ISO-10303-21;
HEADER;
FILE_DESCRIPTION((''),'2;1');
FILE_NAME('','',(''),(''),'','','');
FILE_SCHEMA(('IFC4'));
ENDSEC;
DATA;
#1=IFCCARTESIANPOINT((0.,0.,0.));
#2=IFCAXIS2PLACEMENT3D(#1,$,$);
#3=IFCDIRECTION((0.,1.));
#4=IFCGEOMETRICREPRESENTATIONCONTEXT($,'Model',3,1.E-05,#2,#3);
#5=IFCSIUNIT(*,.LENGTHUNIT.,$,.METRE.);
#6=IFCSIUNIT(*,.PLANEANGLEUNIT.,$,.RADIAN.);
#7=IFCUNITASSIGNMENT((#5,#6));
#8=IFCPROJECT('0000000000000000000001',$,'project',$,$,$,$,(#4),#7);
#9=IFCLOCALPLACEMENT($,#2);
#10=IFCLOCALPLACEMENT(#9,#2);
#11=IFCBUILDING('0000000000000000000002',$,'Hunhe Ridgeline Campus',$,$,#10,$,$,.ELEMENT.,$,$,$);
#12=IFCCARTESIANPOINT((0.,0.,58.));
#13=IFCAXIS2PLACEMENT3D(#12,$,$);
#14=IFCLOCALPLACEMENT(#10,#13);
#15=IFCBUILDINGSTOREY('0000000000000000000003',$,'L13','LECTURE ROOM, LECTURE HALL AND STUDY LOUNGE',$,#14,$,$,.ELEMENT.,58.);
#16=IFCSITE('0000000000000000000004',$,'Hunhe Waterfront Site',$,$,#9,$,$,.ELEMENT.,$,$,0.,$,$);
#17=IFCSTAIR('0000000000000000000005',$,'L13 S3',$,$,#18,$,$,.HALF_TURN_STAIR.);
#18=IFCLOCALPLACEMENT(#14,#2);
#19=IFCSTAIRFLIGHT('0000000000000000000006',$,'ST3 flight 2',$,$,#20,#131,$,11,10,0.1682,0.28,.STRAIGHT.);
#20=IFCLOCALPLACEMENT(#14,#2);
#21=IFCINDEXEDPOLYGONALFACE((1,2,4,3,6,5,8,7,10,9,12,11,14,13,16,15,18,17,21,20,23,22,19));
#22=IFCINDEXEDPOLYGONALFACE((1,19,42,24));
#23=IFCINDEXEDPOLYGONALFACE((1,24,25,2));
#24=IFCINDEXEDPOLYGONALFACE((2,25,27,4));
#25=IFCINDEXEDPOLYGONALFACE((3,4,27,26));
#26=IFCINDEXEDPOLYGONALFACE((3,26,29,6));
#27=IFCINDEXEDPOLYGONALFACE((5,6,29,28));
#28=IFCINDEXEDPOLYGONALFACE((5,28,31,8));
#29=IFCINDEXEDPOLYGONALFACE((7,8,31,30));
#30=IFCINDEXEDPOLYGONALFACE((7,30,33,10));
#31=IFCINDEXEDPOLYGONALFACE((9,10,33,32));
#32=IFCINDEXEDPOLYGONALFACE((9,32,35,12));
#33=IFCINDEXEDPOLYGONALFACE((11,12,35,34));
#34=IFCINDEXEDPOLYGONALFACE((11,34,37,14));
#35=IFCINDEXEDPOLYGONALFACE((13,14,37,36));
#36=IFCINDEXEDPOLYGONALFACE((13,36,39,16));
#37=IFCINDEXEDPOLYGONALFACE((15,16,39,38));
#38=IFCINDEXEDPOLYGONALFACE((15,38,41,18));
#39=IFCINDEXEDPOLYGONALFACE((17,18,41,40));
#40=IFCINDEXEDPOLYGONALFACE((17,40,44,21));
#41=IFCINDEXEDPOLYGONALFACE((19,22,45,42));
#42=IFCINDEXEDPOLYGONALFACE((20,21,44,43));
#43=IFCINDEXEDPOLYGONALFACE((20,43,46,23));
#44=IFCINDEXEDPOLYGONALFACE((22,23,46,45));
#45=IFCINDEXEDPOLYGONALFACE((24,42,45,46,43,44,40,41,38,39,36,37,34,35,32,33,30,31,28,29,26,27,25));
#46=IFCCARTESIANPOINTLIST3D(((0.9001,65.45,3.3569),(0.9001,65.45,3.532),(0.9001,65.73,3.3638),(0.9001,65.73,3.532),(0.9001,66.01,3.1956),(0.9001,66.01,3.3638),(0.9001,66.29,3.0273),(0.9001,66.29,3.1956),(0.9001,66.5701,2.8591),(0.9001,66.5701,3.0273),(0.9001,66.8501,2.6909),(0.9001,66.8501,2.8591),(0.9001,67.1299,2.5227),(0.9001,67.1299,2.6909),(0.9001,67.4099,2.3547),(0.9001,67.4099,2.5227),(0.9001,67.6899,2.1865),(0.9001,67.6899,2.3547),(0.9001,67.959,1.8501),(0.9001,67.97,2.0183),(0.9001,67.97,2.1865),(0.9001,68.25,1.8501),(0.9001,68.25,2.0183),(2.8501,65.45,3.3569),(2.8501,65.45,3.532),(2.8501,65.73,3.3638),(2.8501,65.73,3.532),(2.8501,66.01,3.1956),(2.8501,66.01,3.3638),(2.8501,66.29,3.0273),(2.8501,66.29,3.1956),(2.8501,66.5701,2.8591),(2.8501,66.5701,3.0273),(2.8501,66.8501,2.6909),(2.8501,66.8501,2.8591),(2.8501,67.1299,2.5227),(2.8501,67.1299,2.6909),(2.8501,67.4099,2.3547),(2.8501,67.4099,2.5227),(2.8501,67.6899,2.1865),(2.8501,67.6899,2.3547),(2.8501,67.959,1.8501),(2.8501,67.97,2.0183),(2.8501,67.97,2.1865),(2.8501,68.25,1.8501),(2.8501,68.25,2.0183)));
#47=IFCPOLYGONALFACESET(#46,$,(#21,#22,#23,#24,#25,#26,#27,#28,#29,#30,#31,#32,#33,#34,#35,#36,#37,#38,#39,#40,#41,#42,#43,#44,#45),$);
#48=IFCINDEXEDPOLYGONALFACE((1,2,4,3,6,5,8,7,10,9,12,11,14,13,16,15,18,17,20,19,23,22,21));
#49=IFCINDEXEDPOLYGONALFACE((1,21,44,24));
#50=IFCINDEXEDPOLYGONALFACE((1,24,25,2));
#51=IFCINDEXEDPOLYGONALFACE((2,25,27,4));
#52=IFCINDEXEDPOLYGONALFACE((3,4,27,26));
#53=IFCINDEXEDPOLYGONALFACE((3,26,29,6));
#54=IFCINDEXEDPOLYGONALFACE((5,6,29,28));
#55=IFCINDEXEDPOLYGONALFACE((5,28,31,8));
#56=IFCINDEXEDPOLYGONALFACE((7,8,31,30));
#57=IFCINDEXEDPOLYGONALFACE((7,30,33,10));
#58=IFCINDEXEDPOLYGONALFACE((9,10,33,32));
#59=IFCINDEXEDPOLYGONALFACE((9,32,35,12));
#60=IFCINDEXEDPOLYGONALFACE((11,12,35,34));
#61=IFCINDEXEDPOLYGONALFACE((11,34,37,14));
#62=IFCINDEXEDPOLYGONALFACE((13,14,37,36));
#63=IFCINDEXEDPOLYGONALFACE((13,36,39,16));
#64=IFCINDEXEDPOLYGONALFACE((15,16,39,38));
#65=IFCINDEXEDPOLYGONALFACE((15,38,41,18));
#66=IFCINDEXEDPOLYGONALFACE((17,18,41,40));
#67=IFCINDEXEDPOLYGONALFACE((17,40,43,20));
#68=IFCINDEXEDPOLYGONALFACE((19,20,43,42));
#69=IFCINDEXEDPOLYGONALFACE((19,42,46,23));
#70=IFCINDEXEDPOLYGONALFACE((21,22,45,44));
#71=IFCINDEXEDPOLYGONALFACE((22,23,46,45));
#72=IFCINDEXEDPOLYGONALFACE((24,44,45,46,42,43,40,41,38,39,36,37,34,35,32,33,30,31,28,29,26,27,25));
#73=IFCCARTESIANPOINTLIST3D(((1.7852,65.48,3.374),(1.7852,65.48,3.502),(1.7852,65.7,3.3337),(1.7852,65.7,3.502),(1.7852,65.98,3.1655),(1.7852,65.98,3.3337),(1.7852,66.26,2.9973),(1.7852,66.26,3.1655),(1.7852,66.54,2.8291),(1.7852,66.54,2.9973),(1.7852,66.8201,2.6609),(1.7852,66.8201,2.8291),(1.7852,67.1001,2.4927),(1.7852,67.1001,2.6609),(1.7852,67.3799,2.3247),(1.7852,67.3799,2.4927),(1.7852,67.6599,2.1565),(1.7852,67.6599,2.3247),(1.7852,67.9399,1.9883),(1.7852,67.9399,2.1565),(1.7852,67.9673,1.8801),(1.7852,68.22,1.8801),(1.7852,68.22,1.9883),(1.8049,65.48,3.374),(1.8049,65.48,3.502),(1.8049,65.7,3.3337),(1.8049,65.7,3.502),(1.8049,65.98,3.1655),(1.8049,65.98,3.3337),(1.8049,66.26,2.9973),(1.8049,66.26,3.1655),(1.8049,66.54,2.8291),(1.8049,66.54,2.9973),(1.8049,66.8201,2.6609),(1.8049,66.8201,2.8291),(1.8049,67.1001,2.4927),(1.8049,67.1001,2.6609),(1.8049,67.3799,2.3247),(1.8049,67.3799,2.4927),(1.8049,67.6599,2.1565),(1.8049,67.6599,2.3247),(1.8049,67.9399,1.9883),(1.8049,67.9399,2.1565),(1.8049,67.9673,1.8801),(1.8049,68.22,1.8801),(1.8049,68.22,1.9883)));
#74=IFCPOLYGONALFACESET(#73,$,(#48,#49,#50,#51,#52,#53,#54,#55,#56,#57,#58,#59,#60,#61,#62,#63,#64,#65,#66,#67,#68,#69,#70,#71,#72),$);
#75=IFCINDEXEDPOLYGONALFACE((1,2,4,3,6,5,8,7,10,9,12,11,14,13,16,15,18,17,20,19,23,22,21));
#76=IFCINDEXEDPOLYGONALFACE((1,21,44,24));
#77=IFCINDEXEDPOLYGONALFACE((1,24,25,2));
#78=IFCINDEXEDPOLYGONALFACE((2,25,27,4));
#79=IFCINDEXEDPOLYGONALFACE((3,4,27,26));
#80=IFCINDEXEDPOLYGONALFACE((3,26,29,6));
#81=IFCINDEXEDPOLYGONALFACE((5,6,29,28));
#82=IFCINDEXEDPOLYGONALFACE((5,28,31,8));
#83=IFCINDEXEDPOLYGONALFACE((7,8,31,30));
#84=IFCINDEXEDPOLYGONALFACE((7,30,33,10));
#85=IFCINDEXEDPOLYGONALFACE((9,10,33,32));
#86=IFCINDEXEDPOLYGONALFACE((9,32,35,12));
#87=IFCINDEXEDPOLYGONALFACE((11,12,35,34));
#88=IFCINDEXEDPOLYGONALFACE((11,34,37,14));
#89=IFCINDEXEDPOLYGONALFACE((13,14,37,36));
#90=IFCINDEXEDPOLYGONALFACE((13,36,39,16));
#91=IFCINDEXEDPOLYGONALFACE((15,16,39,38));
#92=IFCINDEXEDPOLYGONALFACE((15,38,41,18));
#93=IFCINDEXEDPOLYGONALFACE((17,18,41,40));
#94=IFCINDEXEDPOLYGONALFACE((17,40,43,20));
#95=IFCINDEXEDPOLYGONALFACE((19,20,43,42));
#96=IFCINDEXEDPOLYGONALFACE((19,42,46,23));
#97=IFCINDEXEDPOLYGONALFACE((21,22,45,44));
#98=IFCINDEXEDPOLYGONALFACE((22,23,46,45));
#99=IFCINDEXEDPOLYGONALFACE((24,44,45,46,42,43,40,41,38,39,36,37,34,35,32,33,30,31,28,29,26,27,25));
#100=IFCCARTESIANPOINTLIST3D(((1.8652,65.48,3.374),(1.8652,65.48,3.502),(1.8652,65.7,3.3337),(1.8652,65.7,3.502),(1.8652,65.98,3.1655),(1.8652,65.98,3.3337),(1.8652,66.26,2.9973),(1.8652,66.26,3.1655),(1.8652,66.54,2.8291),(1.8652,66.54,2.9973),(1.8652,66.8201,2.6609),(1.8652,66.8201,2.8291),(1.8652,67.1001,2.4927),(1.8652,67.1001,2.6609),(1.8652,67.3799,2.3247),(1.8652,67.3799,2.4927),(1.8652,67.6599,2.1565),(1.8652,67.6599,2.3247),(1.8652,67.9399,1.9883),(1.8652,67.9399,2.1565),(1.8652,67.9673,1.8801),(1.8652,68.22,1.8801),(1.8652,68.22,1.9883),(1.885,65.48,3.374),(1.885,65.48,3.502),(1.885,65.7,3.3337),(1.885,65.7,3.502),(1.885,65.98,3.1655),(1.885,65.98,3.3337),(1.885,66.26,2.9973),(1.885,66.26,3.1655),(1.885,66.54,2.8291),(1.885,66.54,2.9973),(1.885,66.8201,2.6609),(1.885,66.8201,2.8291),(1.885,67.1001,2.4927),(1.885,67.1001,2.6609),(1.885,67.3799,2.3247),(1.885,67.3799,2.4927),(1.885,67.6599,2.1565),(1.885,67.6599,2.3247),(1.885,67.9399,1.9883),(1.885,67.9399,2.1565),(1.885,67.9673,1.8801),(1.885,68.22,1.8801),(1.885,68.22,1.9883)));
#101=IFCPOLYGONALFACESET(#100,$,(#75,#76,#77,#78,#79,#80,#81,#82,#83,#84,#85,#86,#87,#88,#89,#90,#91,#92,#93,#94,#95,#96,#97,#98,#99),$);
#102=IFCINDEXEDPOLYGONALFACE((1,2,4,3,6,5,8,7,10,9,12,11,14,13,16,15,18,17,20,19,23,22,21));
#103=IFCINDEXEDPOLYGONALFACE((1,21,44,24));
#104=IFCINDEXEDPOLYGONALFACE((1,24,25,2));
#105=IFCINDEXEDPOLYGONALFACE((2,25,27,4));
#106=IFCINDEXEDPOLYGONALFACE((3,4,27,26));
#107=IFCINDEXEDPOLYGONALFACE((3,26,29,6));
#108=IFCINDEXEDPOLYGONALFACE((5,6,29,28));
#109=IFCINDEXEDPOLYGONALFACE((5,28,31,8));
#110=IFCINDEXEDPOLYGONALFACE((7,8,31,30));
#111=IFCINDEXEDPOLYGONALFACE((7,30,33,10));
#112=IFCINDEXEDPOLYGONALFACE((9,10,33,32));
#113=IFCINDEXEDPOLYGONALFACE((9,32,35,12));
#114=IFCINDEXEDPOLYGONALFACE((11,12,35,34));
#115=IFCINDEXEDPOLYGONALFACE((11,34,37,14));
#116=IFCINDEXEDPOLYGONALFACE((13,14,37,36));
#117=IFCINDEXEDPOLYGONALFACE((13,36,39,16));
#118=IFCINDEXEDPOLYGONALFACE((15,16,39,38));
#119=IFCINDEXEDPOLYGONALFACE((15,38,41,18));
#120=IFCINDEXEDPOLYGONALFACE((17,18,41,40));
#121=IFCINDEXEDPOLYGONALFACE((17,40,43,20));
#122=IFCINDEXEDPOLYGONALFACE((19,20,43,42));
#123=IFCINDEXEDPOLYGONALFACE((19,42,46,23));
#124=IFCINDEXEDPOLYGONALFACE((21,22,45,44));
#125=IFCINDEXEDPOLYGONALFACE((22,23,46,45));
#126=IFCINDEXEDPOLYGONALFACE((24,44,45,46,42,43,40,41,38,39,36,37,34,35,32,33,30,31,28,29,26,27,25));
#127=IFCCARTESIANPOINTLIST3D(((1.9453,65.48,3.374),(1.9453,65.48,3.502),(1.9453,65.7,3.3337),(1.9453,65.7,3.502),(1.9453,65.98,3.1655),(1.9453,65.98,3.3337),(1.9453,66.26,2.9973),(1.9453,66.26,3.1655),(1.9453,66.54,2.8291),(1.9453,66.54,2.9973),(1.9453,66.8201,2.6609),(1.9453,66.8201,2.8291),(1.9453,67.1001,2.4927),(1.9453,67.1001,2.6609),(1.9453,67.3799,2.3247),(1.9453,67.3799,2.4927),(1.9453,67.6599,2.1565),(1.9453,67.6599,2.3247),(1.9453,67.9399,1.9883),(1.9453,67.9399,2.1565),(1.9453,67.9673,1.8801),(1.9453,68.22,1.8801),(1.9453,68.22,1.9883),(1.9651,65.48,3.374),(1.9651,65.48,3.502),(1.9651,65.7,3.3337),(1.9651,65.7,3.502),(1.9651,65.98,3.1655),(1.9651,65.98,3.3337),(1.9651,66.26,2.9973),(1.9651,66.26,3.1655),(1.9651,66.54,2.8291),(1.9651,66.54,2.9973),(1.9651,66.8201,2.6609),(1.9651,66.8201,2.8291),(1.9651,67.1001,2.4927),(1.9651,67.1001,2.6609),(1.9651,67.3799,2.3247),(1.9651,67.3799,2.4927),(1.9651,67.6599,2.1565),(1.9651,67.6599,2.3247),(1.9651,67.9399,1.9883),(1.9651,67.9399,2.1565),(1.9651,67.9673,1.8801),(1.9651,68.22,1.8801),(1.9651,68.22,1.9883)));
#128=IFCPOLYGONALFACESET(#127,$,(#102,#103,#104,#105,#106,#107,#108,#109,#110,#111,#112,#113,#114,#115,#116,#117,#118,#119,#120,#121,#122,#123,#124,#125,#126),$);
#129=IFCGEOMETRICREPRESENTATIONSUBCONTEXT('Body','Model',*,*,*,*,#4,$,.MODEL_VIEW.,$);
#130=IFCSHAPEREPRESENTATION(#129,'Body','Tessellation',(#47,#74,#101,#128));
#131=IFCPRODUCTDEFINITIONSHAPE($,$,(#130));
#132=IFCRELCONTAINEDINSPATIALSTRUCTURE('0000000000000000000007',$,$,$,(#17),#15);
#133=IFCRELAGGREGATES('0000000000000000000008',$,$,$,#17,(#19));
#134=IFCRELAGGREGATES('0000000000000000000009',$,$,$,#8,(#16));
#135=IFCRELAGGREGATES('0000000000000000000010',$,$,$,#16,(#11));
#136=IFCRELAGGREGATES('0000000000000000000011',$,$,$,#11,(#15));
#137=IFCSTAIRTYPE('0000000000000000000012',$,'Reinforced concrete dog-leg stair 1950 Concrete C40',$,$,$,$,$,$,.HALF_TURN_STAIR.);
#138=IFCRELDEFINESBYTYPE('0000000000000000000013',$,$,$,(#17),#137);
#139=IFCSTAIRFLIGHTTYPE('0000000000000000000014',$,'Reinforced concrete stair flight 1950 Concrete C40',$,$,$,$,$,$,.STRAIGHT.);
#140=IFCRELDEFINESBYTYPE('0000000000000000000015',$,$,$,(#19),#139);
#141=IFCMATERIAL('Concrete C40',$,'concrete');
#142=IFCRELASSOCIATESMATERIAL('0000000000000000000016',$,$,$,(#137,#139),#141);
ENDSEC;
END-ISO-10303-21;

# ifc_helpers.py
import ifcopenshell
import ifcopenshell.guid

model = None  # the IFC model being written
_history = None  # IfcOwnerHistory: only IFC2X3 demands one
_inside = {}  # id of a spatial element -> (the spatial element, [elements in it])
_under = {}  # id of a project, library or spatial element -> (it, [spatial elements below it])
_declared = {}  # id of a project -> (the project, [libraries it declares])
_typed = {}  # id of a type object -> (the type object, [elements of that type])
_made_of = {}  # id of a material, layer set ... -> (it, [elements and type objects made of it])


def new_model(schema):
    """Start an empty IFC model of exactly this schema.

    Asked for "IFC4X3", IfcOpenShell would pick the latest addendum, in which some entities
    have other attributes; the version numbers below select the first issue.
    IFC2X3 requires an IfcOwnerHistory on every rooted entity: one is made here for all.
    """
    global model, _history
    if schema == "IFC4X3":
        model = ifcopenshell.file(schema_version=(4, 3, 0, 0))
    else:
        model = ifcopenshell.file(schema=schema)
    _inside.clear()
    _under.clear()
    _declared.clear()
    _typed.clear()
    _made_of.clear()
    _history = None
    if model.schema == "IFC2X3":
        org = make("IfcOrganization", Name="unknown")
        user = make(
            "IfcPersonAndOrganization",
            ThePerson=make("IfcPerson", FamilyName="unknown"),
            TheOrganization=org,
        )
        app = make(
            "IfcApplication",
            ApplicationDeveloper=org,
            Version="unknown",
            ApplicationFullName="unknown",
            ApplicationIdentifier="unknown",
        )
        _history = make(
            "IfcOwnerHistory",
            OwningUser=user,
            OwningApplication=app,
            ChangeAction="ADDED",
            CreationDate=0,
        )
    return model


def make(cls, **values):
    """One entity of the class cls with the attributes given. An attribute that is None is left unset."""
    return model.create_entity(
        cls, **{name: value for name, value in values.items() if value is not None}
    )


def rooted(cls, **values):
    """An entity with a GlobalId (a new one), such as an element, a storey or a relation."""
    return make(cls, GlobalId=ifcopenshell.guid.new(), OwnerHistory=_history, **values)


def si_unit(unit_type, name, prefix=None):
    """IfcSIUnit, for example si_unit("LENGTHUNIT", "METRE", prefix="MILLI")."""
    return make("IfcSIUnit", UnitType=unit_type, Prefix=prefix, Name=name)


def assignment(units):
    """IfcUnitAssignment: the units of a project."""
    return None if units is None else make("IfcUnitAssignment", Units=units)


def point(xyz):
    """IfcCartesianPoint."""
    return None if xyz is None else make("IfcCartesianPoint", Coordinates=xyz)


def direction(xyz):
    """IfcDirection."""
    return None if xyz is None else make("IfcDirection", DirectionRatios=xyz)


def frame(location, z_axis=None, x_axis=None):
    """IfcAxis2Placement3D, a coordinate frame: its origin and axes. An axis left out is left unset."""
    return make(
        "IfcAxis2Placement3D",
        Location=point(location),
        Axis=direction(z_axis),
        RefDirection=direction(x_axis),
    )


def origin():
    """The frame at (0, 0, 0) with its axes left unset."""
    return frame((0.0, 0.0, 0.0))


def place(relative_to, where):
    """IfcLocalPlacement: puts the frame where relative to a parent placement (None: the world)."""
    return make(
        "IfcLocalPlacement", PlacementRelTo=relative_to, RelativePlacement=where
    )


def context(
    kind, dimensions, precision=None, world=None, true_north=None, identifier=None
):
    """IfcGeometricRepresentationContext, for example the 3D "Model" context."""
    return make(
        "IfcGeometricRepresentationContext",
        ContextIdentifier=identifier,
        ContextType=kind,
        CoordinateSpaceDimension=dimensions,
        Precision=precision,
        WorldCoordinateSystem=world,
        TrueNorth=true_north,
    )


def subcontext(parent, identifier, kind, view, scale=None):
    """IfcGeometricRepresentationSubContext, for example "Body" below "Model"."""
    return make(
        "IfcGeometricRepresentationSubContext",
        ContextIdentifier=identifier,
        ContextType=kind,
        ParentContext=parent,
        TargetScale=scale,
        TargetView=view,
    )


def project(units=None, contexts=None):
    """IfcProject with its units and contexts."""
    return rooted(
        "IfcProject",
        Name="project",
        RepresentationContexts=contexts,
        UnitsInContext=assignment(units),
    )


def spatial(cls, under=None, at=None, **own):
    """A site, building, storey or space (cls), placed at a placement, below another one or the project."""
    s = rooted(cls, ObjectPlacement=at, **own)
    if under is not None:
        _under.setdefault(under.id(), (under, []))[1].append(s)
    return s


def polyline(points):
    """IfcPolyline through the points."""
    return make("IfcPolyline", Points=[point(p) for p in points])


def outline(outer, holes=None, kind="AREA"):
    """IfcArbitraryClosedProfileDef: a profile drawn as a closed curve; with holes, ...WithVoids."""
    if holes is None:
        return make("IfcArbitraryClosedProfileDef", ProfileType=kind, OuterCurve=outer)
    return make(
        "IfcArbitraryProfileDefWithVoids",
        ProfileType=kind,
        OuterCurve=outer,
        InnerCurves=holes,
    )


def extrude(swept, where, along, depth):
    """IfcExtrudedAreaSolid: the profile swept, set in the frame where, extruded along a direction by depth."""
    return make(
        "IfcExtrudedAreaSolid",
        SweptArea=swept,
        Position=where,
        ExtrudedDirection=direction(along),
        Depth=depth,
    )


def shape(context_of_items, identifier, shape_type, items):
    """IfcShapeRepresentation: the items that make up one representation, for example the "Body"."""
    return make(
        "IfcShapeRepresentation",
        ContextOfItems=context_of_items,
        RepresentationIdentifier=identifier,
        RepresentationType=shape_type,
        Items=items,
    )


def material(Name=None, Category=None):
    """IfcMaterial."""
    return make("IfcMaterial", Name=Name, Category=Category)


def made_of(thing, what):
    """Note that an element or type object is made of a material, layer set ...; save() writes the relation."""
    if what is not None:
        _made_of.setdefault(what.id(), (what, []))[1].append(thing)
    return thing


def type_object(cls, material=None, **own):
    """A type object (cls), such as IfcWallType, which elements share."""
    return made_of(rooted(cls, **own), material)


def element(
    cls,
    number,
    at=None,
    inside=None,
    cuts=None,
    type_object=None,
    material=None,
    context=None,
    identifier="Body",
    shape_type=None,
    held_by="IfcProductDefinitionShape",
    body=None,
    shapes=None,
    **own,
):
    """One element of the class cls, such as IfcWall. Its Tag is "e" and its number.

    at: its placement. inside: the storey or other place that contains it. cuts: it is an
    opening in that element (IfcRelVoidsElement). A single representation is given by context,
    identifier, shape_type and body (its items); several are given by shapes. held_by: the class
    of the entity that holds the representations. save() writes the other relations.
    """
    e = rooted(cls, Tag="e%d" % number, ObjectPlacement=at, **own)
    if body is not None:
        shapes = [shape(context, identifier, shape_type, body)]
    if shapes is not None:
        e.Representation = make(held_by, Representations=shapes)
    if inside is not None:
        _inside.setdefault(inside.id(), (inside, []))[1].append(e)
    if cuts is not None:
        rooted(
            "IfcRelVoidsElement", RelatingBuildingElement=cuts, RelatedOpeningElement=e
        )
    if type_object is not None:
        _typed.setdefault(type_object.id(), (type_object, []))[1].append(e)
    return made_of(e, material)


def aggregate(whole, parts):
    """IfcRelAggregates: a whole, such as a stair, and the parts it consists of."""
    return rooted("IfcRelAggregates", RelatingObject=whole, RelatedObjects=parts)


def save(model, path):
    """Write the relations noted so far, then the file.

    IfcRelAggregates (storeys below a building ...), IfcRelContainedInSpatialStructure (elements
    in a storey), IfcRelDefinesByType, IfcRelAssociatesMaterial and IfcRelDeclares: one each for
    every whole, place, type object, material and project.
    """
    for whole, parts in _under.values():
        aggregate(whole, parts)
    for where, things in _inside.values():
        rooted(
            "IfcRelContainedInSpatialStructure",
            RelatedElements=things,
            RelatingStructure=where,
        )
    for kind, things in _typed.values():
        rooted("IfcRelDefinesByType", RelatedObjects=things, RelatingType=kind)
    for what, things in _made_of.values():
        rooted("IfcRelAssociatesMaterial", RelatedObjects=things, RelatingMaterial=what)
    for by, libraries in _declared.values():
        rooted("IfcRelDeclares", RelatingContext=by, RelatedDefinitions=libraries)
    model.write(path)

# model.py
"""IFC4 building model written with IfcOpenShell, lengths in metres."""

from ifc_helpers import new_model, si_unit, direction, frame, origin, place, context, subcontext, project, spatial, polyline, outline, extrude, material, type_object, element, aggregate, save


model = new_model("IFC4")

# Units and contexts
model_context = context("Model", 3, precision=1e-05, world=origin(), true_north=direction((0.0, 1.0)))
body_context = subcontext(model_context, "Body", "Model", "MODEL_VIEW")
ifc_project = project(units=[si_unit("LENGTHUNIT", "METRE"), si_unit("PLANEANGLEUNIT", "RADIAN")], contexts=[model_context])

# Site, building, storey
site_placement = place(None, origin())
site = spatial("IfcSite", under=ifc_project, at=site_placement, Name="Hunhe Waterfront Site", CompositionType="ELEMENT", RefElevation=0.0)
building_placement = place(site_placement, origin())
building = spatial("IfcBuilding", under=site, at=building_placement, Name="Hunhe Ridgeline Campus", CompositionType="ELEMENT")
storey_placement = place(building_placement, frame((0.0, 0.0, 58.0)))
storey = spatial("IfcBuildingStorey", under=building, at=storey_placement, Name="L13", Description="LECTURE ROOM, LECTURE HALL AND STUDY LOUNGE", CompositionType="ELEMENT", Elevation=58.0)

# Stair, stair flight
ifc_material_1 = material(Name="Concrete C40", Category="concrete")
stair_type = type_object("IfcStairType", Name="Reinforced concrete dog-leg stair 1950 Concrete C40", PredefinedType="HALF_TURN_STAIR", material=ifc_material_1)
stair_1_placement = place(storey_placement, origin())
stair_1 = element("IfcStair", 1, at=stair_1_placement, inside=storey, type_object=stair_type, Name="L13 S3", PredefinedType="HALF_TURN_STAIR")
stair_flight_type = type_object("IfcStairFlightType", Name="Reinforced concrete stair flight 1950 Concrete C40", PredefinedType="STRAIGHT", material=ifc_material_1)
stair_flight_1_placement = place(storey_placement, frame((1.875, 68.25, 1.8501), z_axis=(0.0, 0.0, 1.0), x_axis=(0.0, -1.0, 0.0)))
stair_flight_1 = element("IfcStairFlight", 2, at=stair_flight_1_placement, type_object=stair_flight_type, Name="ST3 flight 2", NumberOfRisers=11, NumberOfTreads=10, PredefinedType="STRAIGHT", RiserHeight=0.1682, TreadLength=0.28, context=body_context, shape_type="SweptSolid", body=[
    extrude(outline(polyline([(0.0, 0.0), (0.0, 0.1682), (0.28, 0.1682), (0.28, 0.3364), (0.5601, 0.3364), (0.5601, 0.5046), (0.8401, 0.5046), (0.8401, 0.6726), (1.1201, 0.6726), (1.1201, 0.8408), (1.3999, 0.8408), (1.3999, 1.009), (1.6799, 1.009), (1.6799, 1.1772), (1.96, 1.1772), (1.96, 1.3455), (2.24, 1.3455), (2.24, 1.5137), (2.52, 1.5137), (2.52, 1.6819), (2.8, 1.6819), (2.8, 1.8501), (2.8, 1.5068), (0.291, 0.0), (0.0, 0.0)])), frame((0.0, 0.9751, 0.0), z_axis=(0.0, -1.0, 0.0), x_axis=(1.0, 0.0, 0.0)), (0.0, 0.0, 1.0), 1.95),
    extrude(outline(polyline([(0.03, 0.03), (0.03, 0.1382), (0.3101, 0.1382), (0.3101, 0.3064), (0.5901, 0.3064), (0.5901, 0.4746), (0.8701, 0.4746), (0.8701, 0.6426), (1.1499, 0.6426), (1.1499, 0.8108), (1.4299, 0.8108), (1.4299, 0.979), (1.71, 0.979), (1.71, 1.1472), (1.99, 1.1472), (1.99, 1.3154), (2.27, 1.3154), (2.27, 1.4836), (2.55, 1.4836), (2.55, 1.6519), (2.77, 1.6519), (2.77, 1.5239), (0.2827, 0.03), (0.03, 0.03)])), frame((0.0, -0.0701, 0.0), z_axis=(0.0, -1.0, 0.0), x_axis=(1.0, 0.0, 0.0)), (0.0, 0.0, 1.0), 0.0198),
    extrude(outline(polyline([(0.03, 0.03), (0.03, 0.1382), (0.3101, 0.1382), (0.3101, 0.3064), (0.5901, 0.3064), (0.5901, 0.4746), (0.8701, 0.4746), (0.8701, 0.6426), (1.1499, 0.6426), (1.1499, 0.8108), (1.4299, 0.8108), (1.4299, 0.979), (1.71, 0.979), (1.71, 1.1472), (1.99, 1.1472), (1.99, 1.3154), (2.27, 1.3154), (2.27, 1.4836), (2.55, 1.4836), (2.55, 1.6519), (2.77, 1.6519), (2.77, 1.5239), (0.2827, 0.03), (0.03, 0.03)])), frame((0.0, 0.01, 0.0), z_axis=(0.0, -1.0, 0.0), x_axis=(1.0, 0.0, 0.0)), (0.0, 0.0, 1.0), 0.0198),
    extrude(outline(polyline([(0.03, 0.03), (0.03, 0.1382), (0.3101, 0.1382), (0.3101, 0.3064), (0.5901, 0.3064), (0.5901, 0.4746), (0.8701, 0.4746), (0.8701, 0.6426), (1.1499, 0.6426), (1.1499, 0.8108), (1.4299, 0.8108), (1.4299, 0.979), (1.71, 0.979), (1.71, 1.1472), (1.99, 1.1472), (1.99, 1.3154), (2.27, 1.3154), (2.27, 1.4836), (2.55, 1.4836), (2.55, 1.6519), (2.77, 1.6519), (2.77, 1.5239), (0.2827, 0.03), (0.03, 0.03)])), frame((0.0, 0.0901, 0.0), z_axis=(0.0, -1.0, 0.0), x_axis=(1.0, 0.0, 0.0)), (0.0, 0.0, 1.0), 0.0198),
])
aggregate(stair_1, [stair_flight_1])

save(model, "model.ifc")
